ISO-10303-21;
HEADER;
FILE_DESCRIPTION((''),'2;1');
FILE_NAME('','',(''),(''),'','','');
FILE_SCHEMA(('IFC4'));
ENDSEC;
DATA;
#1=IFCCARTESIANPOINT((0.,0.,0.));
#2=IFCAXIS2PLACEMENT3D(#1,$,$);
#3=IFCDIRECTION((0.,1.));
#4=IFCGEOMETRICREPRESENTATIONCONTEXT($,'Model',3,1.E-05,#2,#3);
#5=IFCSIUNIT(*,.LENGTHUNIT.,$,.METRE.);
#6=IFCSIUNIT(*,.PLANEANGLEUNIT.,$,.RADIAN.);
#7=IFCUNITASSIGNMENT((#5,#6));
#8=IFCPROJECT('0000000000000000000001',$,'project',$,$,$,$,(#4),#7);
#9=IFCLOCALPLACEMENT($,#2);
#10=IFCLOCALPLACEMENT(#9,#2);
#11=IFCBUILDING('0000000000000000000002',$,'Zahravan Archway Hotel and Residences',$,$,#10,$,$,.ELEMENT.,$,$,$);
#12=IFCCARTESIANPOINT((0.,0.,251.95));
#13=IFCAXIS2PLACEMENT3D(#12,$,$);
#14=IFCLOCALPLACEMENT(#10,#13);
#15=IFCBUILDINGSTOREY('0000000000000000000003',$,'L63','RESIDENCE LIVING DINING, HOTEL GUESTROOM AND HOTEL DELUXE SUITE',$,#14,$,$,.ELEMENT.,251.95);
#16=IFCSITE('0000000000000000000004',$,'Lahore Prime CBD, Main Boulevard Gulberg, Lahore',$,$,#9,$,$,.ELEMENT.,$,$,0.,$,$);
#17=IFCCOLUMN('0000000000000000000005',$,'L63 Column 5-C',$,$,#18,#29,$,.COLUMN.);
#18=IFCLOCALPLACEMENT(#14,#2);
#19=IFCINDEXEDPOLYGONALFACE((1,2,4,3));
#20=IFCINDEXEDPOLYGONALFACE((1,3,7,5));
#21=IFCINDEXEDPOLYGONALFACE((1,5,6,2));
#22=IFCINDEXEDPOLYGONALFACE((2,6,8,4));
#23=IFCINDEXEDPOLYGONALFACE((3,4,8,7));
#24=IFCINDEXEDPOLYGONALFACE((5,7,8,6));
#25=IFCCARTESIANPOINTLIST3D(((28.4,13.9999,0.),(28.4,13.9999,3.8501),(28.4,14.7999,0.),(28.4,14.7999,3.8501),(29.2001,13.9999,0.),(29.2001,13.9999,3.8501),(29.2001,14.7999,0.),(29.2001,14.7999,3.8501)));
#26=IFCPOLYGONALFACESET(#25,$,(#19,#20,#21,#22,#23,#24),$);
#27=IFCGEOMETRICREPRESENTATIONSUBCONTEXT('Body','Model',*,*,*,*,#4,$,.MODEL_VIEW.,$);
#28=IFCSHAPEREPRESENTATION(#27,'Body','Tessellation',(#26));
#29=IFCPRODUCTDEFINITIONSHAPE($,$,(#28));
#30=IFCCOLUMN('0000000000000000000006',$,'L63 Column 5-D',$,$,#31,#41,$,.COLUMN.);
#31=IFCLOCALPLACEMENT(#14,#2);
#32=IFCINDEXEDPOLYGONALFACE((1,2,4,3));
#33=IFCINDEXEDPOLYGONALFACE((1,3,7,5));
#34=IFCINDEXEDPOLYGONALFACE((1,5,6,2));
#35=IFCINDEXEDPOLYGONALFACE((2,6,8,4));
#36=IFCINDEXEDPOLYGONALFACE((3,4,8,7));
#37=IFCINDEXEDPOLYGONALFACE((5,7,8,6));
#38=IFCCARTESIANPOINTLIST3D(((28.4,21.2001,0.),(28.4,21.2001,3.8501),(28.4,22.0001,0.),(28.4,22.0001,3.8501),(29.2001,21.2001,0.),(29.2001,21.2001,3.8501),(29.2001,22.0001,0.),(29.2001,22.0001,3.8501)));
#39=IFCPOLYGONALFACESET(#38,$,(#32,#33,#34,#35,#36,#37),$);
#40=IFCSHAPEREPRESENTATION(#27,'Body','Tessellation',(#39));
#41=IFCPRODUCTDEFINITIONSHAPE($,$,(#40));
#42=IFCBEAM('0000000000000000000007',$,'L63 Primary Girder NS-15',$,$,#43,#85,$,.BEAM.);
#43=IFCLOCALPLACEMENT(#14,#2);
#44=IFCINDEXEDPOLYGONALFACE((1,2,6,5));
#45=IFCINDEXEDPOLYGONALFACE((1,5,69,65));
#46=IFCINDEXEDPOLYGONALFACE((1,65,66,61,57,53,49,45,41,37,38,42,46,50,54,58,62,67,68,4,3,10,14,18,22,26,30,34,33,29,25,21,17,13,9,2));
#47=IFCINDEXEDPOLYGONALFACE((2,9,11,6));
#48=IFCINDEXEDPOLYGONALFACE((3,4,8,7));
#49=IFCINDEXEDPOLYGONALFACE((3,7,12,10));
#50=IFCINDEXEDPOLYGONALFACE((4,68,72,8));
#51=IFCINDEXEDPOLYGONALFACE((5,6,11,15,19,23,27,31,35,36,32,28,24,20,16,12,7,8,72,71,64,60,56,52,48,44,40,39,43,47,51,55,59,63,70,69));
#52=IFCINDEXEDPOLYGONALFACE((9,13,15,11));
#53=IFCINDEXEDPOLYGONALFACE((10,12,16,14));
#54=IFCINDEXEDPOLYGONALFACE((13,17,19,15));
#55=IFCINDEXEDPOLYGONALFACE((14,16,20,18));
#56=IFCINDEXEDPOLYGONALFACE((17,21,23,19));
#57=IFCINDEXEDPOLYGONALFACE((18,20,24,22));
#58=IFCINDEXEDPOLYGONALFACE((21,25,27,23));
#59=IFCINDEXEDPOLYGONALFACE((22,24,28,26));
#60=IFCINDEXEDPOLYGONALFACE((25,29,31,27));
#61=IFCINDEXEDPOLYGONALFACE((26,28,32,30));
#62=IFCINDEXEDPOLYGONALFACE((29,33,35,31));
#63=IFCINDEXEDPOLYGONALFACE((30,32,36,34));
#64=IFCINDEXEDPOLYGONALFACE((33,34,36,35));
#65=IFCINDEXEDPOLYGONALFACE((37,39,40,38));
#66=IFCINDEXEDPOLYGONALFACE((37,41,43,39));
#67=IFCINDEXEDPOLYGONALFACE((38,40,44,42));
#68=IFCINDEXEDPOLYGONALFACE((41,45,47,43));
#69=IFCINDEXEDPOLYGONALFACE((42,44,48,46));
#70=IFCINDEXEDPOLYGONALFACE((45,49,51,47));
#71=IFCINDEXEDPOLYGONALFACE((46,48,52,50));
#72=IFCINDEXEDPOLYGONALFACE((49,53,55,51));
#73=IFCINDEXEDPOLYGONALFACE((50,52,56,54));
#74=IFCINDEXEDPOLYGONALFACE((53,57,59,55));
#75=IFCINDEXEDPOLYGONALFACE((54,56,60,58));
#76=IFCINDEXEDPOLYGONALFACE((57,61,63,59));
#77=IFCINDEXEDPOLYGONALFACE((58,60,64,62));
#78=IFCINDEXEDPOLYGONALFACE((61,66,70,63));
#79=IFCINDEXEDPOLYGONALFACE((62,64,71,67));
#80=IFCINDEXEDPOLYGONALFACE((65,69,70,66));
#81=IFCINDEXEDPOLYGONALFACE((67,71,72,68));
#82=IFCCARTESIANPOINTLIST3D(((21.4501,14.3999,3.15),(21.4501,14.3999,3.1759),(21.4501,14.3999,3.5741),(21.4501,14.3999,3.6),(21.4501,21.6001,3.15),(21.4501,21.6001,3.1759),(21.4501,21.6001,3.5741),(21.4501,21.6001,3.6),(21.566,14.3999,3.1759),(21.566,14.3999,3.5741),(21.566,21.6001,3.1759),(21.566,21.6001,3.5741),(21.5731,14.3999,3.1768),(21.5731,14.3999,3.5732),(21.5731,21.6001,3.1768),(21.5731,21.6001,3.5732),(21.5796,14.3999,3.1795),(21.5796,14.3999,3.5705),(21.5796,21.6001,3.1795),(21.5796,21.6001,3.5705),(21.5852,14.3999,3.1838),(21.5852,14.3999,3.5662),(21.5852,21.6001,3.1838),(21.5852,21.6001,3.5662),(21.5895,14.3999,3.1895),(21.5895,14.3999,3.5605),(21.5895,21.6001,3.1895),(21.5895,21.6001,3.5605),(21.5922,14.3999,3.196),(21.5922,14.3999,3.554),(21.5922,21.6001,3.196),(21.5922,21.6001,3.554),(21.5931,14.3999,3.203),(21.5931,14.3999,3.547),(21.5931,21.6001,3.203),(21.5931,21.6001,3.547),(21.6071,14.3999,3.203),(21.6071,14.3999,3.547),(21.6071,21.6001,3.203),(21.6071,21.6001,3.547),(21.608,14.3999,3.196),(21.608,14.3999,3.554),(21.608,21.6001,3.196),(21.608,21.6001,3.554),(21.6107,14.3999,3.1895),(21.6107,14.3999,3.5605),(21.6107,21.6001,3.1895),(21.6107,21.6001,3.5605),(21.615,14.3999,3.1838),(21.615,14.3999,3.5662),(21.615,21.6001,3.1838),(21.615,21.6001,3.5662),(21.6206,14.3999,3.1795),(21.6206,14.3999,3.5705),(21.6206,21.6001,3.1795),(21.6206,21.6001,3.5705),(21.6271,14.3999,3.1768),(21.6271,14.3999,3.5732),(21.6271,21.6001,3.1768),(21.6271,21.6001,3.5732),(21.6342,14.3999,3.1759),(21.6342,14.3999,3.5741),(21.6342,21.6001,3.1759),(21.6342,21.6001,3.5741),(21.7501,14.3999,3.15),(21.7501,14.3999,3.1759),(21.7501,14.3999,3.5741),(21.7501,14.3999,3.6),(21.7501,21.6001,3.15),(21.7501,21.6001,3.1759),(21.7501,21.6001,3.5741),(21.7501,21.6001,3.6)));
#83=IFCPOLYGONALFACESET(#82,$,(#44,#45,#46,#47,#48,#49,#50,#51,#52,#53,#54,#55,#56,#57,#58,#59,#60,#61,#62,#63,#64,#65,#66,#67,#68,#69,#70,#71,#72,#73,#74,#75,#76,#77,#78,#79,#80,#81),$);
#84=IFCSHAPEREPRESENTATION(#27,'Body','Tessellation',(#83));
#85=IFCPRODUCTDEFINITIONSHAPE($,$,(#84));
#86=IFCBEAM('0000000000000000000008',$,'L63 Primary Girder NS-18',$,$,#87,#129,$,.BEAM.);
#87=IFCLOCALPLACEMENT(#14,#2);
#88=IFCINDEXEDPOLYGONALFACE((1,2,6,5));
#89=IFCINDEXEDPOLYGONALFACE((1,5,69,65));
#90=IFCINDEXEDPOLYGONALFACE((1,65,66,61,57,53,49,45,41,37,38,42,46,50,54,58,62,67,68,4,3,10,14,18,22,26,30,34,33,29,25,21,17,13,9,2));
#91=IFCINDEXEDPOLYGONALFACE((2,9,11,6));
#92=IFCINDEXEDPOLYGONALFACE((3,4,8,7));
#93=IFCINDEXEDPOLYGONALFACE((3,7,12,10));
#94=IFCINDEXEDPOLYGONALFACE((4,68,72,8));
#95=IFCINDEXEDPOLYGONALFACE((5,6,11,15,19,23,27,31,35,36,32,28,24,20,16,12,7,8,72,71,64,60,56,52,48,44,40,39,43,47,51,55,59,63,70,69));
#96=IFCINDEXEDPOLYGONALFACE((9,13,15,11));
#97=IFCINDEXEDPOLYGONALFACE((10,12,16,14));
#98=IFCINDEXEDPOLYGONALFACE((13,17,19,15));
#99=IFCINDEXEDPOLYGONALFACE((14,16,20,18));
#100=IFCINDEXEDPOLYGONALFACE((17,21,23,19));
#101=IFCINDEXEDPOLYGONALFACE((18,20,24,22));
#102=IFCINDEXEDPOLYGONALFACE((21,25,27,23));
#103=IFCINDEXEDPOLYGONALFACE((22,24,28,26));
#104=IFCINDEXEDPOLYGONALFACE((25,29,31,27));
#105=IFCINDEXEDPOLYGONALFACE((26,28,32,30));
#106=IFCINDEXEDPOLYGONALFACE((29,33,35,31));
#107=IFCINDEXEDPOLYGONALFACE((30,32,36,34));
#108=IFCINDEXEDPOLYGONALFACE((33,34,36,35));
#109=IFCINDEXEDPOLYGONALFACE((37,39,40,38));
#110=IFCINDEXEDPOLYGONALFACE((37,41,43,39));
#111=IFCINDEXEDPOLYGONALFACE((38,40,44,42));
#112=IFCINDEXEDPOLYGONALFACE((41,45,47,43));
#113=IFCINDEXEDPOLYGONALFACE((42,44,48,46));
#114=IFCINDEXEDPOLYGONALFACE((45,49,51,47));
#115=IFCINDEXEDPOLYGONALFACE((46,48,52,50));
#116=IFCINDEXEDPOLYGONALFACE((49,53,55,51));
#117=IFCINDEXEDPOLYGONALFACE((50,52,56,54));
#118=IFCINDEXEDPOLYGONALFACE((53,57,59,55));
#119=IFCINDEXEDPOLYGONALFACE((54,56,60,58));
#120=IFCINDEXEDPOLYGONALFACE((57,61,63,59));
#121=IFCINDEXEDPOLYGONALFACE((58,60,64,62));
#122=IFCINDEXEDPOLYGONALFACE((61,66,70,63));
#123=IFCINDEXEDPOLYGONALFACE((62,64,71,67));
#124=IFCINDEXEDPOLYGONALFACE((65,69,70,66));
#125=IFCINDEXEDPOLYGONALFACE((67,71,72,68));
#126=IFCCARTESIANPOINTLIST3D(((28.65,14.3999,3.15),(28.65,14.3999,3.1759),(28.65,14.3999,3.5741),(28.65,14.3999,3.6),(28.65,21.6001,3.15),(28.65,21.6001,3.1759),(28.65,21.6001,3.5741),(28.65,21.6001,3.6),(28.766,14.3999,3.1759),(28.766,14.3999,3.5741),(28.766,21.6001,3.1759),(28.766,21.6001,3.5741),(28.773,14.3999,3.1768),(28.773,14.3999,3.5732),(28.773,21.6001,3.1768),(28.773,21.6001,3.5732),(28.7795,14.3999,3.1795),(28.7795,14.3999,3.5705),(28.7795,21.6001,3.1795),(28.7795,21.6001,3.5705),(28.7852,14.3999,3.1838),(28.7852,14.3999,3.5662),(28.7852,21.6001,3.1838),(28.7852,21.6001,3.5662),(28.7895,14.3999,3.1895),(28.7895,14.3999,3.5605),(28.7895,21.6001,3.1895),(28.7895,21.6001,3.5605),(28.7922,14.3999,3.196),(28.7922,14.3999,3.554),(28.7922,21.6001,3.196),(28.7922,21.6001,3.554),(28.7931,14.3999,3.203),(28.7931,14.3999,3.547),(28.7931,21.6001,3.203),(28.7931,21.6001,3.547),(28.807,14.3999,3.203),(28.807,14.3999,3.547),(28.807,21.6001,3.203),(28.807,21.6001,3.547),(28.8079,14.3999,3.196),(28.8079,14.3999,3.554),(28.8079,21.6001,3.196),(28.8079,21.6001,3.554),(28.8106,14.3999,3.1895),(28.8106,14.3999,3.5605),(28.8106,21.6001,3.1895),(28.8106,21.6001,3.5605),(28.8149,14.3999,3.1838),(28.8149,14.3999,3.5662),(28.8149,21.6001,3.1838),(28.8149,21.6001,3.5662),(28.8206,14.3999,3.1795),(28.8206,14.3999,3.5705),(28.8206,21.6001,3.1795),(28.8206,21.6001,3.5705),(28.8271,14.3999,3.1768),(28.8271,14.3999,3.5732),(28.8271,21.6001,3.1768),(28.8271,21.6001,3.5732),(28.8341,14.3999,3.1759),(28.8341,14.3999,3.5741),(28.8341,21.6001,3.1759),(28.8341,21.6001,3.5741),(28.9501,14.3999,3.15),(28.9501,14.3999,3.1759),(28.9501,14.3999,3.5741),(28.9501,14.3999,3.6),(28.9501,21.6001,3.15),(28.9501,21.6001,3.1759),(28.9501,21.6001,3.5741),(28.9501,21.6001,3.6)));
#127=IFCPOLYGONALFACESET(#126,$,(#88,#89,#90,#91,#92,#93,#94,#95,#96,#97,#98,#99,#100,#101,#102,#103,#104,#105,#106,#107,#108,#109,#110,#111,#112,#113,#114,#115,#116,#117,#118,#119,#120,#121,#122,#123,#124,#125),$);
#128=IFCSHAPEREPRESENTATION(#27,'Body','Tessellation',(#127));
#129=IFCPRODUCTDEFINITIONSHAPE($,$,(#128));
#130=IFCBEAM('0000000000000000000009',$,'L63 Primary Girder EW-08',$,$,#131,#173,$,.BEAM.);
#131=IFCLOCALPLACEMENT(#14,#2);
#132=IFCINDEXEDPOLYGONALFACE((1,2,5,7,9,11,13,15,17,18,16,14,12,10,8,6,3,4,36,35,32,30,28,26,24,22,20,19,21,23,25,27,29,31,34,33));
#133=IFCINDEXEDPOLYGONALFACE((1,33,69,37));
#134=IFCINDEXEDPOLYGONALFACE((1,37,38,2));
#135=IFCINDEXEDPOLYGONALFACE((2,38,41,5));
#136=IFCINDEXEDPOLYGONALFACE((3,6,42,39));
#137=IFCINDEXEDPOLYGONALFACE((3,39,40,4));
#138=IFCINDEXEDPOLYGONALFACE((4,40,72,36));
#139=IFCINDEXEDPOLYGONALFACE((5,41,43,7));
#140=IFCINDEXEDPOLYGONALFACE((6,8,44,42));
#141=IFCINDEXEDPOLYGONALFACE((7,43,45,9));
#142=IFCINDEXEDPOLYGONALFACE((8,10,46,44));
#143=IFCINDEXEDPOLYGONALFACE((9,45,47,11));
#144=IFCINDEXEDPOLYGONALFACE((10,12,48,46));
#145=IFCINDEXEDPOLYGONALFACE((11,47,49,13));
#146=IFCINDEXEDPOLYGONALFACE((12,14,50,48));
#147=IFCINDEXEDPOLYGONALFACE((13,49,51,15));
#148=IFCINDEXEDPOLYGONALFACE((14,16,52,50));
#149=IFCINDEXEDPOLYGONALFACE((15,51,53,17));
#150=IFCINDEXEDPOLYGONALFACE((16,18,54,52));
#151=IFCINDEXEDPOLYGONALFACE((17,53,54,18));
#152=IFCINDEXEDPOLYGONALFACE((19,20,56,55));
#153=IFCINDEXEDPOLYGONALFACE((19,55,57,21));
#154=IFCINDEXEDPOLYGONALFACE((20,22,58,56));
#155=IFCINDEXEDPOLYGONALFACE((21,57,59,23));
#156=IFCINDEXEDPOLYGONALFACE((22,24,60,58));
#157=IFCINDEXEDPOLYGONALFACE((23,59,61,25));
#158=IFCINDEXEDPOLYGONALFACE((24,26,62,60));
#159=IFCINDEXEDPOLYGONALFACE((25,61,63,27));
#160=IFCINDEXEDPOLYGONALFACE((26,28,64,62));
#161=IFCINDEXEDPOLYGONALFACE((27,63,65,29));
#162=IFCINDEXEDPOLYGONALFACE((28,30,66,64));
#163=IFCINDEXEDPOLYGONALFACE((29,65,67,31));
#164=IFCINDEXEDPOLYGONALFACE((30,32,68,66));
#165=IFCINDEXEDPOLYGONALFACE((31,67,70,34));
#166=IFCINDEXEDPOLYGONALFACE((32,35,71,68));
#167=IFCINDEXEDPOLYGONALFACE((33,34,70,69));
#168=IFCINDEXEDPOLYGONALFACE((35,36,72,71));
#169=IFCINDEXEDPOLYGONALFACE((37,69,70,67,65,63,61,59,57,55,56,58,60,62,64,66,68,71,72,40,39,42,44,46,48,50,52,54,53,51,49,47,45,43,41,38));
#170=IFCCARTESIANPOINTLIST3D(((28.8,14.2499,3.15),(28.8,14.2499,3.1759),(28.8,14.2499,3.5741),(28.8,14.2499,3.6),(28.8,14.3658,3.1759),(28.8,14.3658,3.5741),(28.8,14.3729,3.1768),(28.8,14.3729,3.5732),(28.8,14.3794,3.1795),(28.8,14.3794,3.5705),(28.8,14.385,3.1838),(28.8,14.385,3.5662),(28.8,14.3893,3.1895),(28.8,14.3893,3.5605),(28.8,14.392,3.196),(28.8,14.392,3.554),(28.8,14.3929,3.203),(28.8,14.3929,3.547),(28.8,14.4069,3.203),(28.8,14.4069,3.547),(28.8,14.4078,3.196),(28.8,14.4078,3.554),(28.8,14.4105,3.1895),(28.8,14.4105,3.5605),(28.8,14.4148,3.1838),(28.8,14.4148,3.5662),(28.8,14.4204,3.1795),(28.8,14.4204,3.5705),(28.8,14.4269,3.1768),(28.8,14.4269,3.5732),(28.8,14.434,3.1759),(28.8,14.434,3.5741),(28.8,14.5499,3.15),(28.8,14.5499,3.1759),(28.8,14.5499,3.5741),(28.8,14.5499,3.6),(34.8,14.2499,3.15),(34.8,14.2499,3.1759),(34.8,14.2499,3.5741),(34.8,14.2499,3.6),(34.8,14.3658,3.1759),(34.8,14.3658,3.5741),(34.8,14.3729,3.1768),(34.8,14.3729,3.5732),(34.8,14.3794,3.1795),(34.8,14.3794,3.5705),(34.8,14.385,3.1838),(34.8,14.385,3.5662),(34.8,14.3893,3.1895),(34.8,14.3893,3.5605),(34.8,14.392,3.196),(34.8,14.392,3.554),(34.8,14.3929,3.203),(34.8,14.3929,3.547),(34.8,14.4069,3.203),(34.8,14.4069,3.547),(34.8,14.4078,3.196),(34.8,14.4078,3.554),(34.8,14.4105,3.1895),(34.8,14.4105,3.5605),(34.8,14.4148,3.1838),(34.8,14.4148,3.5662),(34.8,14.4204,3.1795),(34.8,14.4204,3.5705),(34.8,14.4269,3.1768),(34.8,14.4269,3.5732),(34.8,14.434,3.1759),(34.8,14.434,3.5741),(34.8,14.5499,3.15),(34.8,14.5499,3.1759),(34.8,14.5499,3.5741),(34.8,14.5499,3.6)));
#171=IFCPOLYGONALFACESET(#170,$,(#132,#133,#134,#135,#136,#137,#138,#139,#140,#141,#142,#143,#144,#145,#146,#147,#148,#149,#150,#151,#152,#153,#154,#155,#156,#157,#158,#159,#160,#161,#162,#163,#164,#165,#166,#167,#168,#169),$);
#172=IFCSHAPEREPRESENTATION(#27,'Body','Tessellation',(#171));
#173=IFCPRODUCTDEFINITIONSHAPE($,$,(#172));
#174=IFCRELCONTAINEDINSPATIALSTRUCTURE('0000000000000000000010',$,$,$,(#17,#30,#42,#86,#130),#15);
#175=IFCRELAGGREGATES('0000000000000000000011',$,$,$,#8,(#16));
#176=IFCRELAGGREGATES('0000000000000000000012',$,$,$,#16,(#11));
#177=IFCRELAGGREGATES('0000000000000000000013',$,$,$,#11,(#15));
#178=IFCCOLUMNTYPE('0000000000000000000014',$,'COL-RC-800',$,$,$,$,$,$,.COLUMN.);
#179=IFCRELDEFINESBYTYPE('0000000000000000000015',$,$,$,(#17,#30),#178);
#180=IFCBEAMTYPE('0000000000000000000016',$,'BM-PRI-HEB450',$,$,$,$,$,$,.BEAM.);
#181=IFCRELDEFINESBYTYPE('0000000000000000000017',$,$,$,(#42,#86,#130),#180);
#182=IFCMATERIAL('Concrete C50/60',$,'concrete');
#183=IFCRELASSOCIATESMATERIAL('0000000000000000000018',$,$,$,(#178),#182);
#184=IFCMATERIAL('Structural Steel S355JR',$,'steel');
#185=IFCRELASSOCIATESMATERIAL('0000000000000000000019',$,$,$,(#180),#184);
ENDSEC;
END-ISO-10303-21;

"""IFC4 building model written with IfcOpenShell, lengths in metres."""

from ifc_helpers import new_model, si_unit, direction, frame, origin, origin_2d, place, context, subcontext, project, spatial, rectangle, i_section, extrude, source, transform, mapped, material, material_profile, profile_set, type_object, type_shapes, element, save


model = new_model("IFC4")

# Units and contexts
model_context = context("Model", 3, precision=1e-05, world=origin(), true_north=direction((0.0, 1.0)))
body_context = subcontext(model_context, "Body", "Model", "MODEL_VIEW")
ifc_project = project(units=[si_unit("LENGTHUNIT", "METRE"), si_unit("PLANEANGLEUNIT", "RADIAN")], contexts=[model_context])

# Site, building, storey
site_placement = place(None, origin())
site = spatial("IfcSite", under=ifc_project, at=site_placement, Name="Lahore Prime CBD, Main Boulevard Gulberg, Lahore", CompositionType="ELEMENT", RefElevation=0.0)
building_placement = place(site_placement, origin())
building = spatial("IfcBuilding", under=site, at=building_placement, Name="Zahravan Archway Hotel and Residences", CompositionType="ELEMENT")
storey_placement = place(building_placement, frame((0.0, 0.0, 251.95)))
storey = spatial("IfcBuildingStorey", under=building, at=storey_placement, Name="L63", Description="RESIDENCE LIVING DINING, HOTEL GUESTROOM AND HOTEL DELUXE SUITE", CompositionType="ELEMENT", Elevation=251.95)

# Columns
ifc_material_1 = material(Name="Concrete C50/60", Category="concrete")
ifc_material_profile_1 = material_profile(ifc_material_1, rectangle(XDim=0.8, YDim=0.8, at=origin_2d()), Name="RC-COL-800x800", Category="concrete")
ifc_profile_set_1 = profile_set([ifc_material_profile_1], Name="Concrete C50/60")
column_type = type_object("IfcColumnType", Name="COL-RC-800", PredefinedType="COLUMN", material=ifc_profile_set_1)
shared_shape_1 = source(origin(), body_context, "Body", "SweptSolid", [
    extrude(rectangle(XDim=0.8, YDim=0.8, at=origin_2d()), origin(), (0.0, 0.0, 1.0), 3.8501),
])
for number, where, z_axis, x_axis, name in (
    (1, (28.8, 14.3999, 0.0), (0.0, 0.0, 1.0), (1.0, 0.0, 0.0), "L63 Column 5-C"),
    (2, (28.8, 21.6001, 0.0), (0.0, 0.0, 1.0), (1.0, 0.0, 0.0), "L63 Column 5-D"),
):
    element("IfcColumn", number, at=place(storey_placement, frame(where, z_axis=z_axis, x_axis=x_axis)), inside=storey, type_object=column_type, Name=name, PredefinedType="COLUMN", context=body_context, shape_type="MappedRepresentation", body=[
        mapped(shared_shape_1, transform((0.0, 0.0, 0.0), scale=1.0)),
    ])

# Beams
ifc_material_2 = material(Name="Structural Steel S355JR", Category="steel")
ifc_material_profile_2 = material_profile(ifc_material_2, i_section(OverallWidth=0.3, OverallDepth=0.45, WebThickness=0.0139, FlangeThickness=0.0259, FilletRadius=0.0271, at=origin_2d()), Name="HEB 450", Category="steel")
ifc_profile_set_2 = profile_set([ifc_material_profile_2], Name="Structural Steel S355JR")
beam_type_1 = type_object("IfcBeamType", Name="BM-PRI-HEB450", PredefinedType="BEAM", material=ifc_profile_set_2)
shared_shape_2 = source(origin(), body_context, "Body", "SweptSolid", [
    extrude(i_section(OverallWidth=0.3, OverallDepth=0.45, WebThickness=0.0139, FlangeThickness=0.0259, FilletRadius=0.0271, at=origin_2d()), origin(), (0.0, 0.0, 1.0), 7.2002),
])
type_shapes(beam_type_1, [shared_shape_2])
for number, where, z_axis, x_axis, name in (
    (3, (21.6001, 14.3999, 3.375), (0.0, 1.0, 0.0), (-1.0, 0.0, 0.0), "L63 Primary Girder NS-15"),
    (4, (28.8, 14.3999, 3.375), (0.0, 1.0, 0.0), (-1.0, 0.0, 0.0), "L63 Primary Girder NS-18"),
):
    element("IfcBeam", number, at=place(storey_placement, frame(where, z_axis=z_axis, x_axis=x_axis)), inside=storey, type_object=beam_type_1, Name=name, PredefinedType="BEAM", context=body_context, shape_type="MappedRepresentation", body=[
        mapped(shared_shape_2, transform((0.0, 0.0, 0.0), scale=1.0)),
    ])
shared_shape_3 = source(origin(), body_context, "Body", "SweptSolid", [
    extrude(i_section(OverallWidth=0.3, OverallDepth=0.45, WebThickness=0.0139, FlangeThickness=0.0259, FilletRadius=0.0271, at=origin_2d()), origin(), (0.0, 0.0, 1.0), 6.0),
])
for number, where, z_axis, x_axis, name in (
    (5, (28.8, 14.3999, 3.375), (1.0, 0.0, 0.0), (0.0, 1.0, 0.0), "L63 Primary Girder EW-08"),
):
    element("IfcBeam", number, at=place(storey_placement, frame(where, z_axis=z_axis, x_axis=x_axis)), inside=storey, type_object=beam_type_1, Name=name, PredefinedType="BEAM", context=body_context, shape_type="MappedRepresentation", body=[
        mapped(shared_shape_3, transform((0.0, 0.0, 0.0), scale=1.0)),
    ])

save(model, "model.ifc")
